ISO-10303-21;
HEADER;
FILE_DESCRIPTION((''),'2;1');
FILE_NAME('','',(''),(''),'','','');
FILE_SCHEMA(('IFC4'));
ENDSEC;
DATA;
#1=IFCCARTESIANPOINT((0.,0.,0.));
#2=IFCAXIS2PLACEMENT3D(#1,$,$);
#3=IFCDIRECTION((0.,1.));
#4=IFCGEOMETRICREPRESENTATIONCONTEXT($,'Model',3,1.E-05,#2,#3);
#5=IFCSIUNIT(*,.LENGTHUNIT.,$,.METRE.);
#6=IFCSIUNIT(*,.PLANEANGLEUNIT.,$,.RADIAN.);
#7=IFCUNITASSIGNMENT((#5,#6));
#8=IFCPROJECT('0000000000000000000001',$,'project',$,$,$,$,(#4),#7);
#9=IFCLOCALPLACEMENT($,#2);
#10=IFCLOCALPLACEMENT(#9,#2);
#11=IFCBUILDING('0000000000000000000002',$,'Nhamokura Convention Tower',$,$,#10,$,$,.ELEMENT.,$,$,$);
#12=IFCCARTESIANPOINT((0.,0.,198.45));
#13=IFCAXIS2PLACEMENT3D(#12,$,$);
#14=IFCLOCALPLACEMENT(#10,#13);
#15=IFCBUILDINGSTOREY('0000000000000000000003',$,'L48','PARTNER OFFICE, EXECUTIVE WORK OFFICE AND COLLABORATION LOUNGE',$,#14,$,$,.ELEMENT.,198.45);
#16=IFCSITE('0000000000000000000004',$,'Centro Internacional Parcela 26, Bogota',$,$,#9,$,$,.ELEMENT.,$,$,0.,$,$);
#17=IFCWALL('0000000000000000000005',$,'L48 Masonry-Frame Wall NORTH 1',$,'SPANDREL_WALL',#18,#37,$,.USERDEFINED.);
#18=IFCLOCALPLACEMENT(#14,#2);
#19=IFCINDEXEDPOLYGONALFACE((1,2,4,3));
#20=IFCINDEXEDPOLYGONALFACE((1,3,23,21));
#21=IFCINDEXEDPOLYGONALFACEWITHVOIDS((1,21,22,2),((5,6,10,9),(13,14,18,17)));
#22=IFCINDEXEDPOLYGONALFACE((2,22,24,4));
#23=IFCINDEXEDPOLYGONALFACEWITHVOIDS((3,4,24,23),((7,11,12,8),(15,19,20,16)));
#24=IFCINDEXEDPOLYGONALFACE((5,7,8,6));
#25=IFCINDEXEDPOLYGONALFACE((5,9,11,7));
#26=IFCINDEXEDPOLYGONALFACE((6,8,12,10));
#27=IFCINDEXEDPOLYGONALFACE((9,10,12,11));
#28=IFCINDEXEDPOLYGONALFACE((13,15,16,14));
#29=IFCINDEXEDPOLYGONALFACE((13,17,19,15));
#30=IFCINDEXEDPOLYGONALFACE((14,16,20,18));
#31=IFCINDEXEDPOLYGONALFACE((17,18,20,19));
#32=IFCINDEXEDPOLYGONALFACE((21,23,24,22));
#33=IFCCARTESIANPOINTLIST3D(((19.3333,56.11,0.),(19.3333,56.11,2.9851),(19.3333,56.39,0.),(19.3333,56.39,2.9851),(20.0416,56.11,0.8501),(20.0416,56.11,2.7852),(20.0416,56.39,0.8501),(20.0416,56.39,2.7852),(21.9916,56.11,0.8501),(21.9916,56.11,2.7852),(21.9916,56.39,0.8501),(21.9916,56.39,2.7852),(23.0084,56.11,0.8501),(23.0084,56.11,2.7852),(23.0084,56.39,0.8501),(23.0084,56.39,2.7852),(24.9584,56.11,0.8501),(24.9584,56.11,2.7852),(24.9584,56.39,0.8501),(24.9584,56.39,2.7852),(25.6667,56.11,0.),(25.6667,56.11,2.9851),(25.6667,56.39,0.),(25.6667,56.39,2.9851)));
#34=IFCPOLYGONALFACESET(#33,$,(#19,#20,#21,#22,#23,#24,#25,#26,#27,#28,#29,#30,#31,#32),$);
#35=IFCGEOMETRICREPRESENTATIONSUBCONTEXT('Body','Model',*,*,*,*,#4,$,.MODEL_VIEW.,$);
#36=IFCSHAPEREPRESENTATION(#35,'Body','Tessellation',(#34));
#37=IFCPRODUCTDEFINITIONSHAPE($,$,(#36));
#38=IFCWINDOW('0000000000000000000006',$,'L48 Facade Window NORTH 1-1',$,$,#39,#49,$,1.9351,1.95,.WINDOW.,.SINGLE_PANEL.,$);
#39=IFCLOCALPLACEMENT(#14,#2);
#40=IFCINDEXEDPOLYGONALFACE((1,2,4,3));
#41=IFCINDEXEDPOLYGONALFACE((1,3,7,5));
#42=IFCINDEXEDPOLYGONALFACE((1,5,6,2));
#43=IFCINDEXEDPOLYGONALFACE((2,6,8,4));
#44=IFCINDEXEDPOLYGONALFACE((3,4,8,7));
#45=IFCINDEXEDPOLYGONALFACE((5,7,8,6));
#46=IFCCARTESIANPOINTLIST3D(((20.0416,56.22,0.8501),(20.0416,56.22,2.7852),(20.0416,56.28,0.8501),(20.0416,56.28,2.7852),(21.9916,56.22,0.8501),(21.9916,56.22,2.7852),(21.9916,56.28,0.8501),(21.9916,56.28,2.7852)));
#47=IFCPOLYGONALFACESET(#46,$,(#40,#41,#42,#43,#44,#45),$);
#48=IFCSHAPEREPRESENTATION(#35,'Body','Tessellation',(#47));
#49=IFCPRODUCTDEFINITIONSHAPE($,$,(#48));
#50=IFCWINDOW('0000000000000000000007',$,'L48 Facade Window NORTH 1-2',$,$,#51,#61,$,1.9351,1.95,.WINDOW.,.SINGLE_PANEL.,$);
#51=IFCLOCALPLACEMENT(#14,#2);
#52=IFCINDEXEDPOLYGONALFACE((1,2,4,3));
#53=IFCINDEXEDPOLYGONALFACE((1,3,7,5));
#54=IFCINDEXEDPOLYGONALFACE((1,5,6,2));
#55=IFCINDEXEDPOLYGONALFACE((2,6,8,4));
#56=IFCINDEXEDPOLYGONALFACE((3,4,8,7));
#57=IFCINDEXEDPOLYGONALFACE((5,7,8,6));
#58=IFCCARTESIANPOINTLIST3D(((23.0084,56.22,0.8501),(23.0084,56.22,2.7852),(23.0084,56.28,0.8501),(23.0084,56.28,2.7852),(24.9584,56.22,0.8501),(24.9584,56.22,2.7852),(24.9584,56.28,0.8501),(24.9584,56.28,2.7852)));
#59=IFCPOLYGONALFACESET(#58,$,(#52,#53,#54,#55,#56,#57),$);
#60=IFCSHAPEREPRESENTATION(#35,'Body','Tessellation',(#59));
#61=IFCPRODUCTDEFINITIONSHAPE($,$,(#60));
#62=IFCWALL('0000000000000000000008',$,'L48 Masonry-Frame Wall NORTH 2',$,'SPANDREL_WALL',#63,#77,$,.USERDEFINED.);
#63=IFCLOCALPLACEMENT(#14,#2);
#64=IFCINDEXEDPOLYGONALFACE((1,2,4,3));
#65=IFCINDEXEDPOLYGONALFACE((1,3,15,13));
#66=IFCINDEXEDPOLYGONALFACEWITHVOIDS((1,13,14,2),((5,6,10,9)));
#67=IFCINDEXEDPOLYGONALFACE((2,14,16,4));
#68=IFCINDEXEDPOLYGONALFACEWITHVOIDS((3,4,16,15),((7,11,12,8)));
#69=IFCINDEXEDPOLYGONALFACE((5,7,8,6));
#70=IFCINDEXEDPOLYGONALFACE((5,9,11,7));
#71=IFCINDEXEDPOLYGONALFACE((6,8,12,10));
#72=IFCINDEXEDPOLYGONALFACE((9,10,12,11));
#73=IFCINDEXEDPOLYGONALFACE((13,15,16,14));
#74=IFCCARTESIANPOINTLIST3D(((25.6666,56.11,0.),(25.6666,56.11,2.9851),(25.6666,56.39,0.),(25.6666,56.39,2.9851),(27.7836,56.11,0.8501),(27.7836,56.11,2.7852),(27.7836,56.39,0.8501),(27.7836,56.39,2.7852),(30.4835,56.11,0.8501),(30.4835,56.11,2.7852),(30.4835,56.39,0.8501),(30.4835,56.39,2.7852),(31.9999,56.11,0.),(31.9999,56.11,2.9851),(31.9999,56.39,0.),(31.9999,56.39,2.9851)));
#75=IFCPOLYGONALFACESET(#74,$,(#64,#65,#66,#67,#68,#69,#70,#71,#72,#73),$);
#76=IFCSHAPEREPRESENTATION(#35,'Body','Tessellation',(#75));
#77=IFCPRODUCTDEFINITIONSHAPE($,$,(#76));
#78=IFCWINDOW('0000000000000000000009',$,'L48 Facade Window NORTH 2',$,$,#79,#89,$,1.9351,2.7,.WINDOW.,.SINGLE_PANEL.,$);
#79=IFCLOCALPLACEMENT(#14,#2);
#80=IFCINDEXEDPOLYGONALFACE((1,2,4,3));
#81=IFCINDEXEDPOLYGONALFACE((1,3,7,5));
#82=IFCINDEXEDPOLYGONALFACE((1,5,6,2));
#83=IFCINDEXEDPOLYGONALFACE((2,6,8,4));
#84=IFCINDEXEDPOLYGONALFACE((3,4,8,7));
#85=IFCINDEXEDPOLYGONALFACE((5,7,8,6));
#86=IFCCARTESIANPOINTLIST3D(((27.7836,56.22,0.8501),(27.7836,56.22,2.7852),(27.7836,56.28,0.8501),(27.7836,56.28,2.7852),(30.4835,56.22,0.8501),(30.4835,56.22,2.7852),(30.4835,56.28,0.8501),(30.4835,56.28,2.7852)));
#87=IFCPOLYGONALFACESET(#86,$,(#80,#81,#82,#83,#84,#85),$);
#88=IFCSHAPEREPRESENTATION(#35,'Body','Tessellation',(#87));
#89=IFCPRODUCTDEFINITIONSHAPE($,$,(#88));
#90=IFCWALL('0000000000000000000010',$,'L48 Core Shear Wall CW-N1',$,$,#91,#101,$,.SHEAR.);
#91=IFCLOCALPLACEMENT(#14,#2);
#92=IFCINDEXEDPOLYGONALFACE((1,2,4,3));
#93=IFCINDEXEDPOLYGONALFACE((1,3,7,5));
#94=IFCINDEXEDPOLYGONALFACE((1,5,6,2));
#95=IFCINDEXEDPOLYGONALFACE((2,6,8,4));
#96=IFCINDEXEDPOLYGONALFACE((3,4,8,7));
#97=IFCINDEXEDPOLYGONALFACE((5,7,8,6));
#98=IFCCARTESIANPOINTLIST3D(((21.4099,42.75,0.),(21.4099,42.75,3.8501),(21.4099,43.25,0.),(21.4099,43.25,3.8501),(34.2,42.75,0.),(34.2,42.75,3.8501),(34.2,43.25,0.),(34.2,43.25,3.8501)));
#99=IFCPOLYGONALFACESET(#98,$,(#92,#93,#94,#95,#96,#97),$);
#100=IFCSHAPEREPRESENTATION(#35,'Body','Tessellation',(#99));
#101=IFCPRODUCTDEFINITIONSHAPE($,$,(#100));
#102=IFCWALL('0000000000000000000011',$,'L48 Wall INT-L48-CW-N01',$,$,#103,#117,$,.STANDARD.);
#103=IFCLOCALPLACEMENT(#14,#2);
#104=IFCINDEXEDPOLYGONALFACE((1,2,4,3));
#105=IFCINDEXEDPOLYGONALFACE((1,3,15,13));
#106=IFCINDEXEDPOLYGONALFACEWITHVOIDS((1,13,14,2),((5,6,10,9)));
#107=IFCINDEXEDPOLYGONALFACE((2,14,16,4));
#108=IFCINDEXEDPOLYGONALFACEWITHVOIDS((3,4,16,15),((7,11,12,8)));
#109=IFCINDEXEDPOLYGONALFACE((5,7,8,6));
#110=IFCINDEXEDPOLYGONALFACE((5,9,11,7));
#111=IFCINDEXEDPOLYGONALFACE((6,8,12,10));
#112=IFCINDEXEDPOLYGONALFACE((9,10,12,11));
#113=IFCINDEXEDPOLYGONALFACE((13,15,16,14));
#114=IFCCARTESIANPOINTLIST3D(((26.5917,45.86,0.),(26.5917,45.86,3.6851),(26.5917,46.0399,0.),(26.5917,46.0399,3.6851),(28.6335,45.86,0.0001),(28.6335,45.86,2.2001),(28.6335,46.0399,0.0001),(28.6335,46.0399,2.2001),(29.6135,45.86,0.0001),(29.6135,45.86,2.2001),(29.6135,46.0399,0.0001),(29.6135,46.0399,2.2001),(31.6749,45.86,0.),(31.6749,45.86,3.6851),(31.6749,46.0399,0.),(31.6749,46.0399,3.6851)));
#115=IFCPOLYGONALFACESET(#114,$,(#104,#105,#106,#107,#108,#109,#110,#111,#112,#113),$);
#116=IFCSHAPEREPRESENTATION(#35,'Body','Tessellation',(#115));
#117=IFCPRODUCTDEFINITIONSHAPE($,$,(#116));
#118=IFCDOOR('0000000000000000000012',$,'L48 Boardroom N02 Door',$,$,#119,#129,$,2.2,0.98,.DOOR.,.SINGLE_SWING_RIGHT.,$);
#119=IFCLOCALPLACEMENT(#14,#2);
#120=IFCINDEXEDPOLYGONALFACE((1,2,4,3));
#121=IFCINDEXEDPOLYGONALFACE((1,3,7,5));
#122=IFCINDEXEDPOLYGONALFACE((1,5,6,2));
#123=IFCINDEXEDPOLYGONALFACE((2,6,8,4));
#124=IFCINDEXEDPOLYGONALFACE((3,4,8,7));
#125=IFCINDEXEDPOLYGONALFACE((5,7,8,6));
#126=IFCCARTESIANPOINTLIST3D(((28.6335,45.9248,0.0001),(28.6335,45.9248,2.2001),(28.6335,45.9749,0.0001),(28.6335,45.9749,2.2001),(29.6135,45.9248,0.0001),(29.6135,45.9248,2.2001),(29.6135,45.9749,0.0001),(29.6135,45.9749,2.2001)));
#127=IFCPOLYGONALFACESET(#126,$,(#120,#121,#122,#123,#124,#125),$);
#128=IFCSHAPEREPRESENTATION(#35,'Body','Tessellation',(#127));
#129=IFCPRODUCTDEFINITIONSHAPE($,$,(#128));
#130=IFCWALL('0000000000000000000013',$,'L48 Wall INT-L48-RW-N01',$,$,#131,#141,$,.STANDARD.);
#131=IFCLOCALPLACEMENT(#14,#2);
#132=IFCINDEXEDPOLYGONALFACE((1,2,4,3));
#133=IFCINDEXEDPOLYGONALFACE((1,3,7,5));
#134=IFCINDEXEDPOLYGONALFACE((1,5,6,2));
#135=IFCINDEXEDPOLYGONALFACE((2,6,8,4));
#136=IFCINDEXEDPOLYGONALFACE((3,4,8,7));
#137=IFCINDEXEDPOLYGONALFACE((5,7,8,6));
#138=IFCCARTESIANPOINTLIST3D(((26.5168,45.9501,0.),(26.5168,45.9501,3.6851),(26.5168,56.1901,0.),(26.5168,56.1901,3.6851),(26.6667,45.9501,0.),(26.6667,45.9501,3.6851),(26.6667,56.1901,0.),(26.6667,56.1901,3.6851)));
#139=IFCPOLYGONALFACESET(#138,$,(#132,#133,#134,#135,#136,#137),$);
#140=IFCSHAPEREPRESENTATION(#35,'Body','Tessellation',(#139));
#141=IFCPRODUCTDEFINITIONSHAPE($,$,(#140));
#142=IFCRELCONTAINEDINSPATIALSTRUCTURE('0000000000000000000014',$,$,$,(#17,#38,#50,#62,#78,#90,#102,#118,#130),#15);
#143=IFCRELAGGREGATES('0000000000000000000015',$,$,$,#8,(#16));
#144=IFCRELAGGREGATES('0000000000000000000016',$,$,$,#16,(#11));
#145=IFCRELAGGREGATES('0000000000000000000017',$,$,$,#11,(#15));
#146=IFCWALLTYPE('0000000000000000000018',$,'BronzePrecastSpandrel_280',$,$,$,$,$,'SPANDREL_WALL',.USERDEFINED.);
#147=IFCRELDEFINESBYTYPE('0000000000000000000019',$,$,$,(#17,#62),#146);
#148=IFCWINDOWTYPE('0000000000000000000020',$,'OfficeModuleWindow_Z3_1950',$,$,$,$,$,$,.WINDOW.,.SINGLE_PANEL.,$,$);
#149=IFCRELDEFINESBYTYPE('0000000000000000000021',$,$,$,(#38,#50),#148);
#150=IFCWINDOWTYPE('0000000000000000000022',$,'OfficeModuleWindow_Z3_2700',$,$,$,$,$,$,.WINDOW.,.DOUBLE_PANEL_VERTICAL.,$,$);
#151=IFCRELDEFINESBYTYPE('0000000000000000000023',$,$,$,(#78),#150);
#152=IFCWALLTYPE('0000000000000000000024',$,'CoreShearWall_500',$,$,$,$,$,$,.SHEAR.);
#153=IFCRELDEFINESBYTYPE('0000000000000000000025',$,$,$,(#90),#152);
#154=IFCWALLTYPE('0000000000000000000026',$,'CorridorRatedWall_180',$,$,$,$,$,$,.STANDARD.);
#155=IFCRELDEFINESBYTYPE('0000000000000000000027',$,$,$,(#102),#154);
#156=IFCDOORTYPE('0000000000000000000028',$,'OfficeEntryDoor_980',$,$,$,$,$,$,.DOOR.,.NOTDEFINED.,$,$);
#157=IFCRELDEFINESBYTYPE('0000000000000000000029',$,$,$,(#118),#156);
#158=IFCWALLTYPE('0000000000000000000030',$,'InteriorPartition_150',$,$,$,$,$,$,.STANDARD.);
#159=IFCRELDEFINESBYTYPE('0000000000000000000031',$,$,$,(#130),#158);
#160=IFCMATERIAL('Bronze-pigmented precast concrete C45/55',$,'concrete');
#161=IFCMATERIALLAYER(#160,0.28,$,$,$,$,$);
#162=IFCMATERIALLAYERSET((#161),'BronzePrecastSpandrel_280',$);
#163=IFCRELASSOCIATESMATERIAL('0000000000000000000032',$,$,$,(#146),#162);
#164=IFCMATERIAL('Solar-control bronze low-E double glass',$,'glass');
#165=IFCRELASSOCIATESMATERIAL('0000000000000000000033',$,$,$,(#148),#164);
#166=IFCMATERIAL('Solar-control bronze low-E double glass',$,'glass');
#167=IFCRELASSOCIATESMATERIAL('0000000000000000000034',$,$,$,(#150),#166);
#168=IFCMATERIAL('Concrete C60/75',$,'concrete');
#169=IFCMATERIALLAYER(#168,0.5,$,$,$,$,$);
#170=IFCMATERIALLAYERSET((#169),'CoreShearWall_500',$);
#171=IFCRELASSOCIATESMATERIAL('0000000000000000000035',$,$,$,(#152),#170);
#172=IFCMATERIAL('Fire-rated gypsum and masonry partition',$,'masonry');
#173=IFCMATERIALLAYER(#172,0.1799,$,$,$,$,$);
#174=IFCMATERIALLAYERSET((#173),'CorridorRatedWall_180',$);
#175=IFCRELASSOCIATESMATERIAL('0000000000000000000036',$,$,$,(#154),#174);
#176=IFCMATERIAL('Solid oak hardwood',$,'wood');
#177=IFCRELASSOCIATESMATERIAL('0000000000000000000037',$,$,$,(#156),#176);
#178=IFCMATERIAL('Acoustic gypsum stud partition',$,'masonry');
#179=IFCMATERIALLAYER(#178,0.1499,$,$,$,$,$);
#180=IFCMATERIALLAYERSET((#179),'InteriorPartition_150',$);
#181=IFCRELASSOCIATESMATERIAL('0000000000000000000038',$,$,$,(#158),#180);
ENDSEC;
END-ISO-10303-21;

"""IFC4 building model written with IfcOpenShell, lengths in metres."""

from ifc_helpers import new_model, si_unit, direction, frame, frame_2d, origin, place, context, subcontext, project, spatial, rectangle, extrude, material, layer, layer_set, type_object, element, fill, save


model = new_model("IFC4")

# Units and contexts
model_context = context("Model", 3, precision=1e-05, world=origin(), true_north=direction((0.0, 1.0)))
body_context = subcontext(model_context, "Body", "Model", "MODEL_VIEW")
ifc_project = project(units=[si_unit("LENGTHUNIT", "METRE"), si_unit("PLANEANGLEUNIT", "RADIAN")], contexts=[model_context])

# Site, building, storey
site_placement = place(None, origin())
site = spatial("IfcSite", under=ifc_project, at=site_placement, Name="Centro Internacional Parcela 26, Bogota", CompositionType="ELEMENT", RefElevation=0.0)
building_placement = place(site_placement, origin())
building = spatial("IfcBuilding", under=site, at=building_placement, Name="Nhamokura Convention Tower", CompositionType="ELEMENT")
storey_placement = place(building_placement, frame((0.0, 0.0, 198.45)))
storey = spatial("IfcBuildingStorey", under=building, at=storey_placement, Name="L48", Description="PARTNER OFFICE, EXECUTIVE WORK OFFICE AND COLLABORATION LOUNGE", CompositionType="ELEMENT", Elevation=198.45)

# Shared definitions
ifc_material_1 = material(Name="Bronze-pigmented precast concrete C45/55", Category="concrete")
ifc_layer_1 = layer(ifc_material_1, 0.28)
ifc_layer_set_1 = layer_set([ifc_layer_1], Name="BronzePrecastSpandrel_280")
wall_type_1 = type_object("IfcWallType", Name="BronzePrecastSpandrel_280", ElementType="SPANDREL_WALL", PredefinedType="USERDEFINED", material=ifc_layer_set_1)

# Wall, openings, windows
wall_1_placement = place(storey_placement, frame((19.3333, 56.25, 0.0), z_axis=(0.0, 0.0, 1.0), x_axis=(1.0, 0.0, 0.0)))
wall_1 = element("IfcWall", 1, at=wall_1_placement, inside=storey, type_object=wall_type_1, Name="L48 Masonry-Frame Wall NORTH 1", ObjectType="SPANDREL_WALL", PredefinedType="USERDEFINED", context=body_context, shape_type="SweptSolid", body=[
    extrude(rectangle(XDim=6.3335, YDim=0.28, at=frame_2d((3.1667, 0.0))), origin(), (0.0, 0.0, 1.0), 2.9851),
])
opening_1_placement = place(wall_1_placement, frame((0.7083, 0.0, 0.8501)))
opening_1 = element("IfcOpeningElement", 2, at=opening_1_placement, cuts=wall_1, PredefinedType="OPENING", context=body_context, shape_type="SweptSolid", body=[
    extrude(rectangle(XDim=1.95, YDim=1.9351, at=frame_2d((0.9751, 0.9675))), frame((0.0, 0.1499, 0.0), z_axis=(0.0, -1.0, 0.0), x_axis=(1.0, 0.0, 0.0)), (0.0, 0.0, 1.0), 0.3),
])
opening_2_placement = place(wall_1_placement, frame((3.675, 0.0, 0.8501)))
opening_2 = element("IfcOpeningElement", 3, at=opening_2_placement, cuts=wall_1, PredefinedType="OPENING", context=body_context, shape_type="SweptSolid", body=[
    extrude(rectangle(XDim=1.95, YDim=1.9351, at=frame_2d((0.9751, 0.9675))), frame((0.0, 0.1499, 0.0), z_axis=(0.0, -1.0, 0.0), x_axis=(1.0, 0.0, 0.0)), (0.0, 0.0, 1.0), 0.3),
])
ifc_material_2 = material(Name="Solar-control bronze low-E double glass", Category="glass")
window_type_1 = type_object("IfcWindowType", Name="OfficeModuleWindow_Z3_1950", PartitioningType="SINGLE_PANEL", PredefinedType="WINDOW", material=ifc_material_2)
window_1_placement = place(opening_1_placement, origin())
window_1 = element("IfcWindow", 4, at=window_1_placement, inside=storey, type_object=window_type_1, Name="L48 Facade Window NORTH 1-1", OverallHeight=1.9351, OverallWidth=1.95, PartitioningType="SINGLE_PANEL", PredefinedType="WINDOW", context=body_context, shape_type="SweptSolid", body=[
    extrude(rectangle(XDim=1.95, YDim=1.9351, at=frame_2d((0.9751, 0.9675))), frame((0.0, 0.03, 0.0), z_axis=(0.0, -1.0, 0.0), x_axis=(1.0, 0.0, 0.0)), (0.0, 0.0, 1.0), 0.0601),
])
fill(opening_1, window_1)
window_2_placement = place(opening_2_placement, origin())
window_2 = element("IfcWindow", 5, at=window_2_placement, inside=storey, type_object=window_type_1, Name="L48 Facade Window NORTH 1-2", OverallHeight=1.9351, OverallWidth=1.95, PartitioningType="SINGLE_PANEL", PredefinedType="WINDOW", context=body_context, shape_type="SweptSolid", body=[
    extrude(rectangle(XDim=1.95, YDim=1.9351, at=frame_2d((0.9751, 0.9675))), frame((0.0, 0.03, 0.0), z_axis=(0.0, -1.0, 0.0), x_axis=(1.0, 0.0, 0.0)), (0.0, 0.0, 1.0), 0.0601),
])
fill(opening_2, window_2)

# Wall, opening, window
wall_2_placement = place(storey_placement, frame((25.6667, 56.25, 0.0), z_axis=(0.0, 0.0, 1.0), x_axis=(1.0, 0.0, 0.0)))
wall_2 = element("IfcWall", 6, at=wall_2_placement, inside=storey, type_object=wall_type_1, Name="L48 Masonry-Frame Wall NORTH 2", ObjectType="SPANDREL_WALL", PredefinedType="USERDEFINED", context=body_context, shape_type="SweptSolid", body=[
    extrude(rectangle(XDim=6.3333, YDim=0.28, at=frame_2d((3.1665, 0.0))), origin(), (0.0, 0.0, 1.0), 2.9851),
])
opening_3_placement = place(wall_2_placement, frame((2.1167, 0.0, 0.8501)))
opening_3 = element("IfcOpeningElement", 7, at=opening_3_placement, cuts=wall_2, PredefinedType="OPENING", context=body_context, shape_type="SweptSolid", body=[
    extrude(rectangle(XDim=2.7, YDim=1.9351, at=frame_2d((1.3501, 0.9675))), frame((0.0, 0.1499, 0.0), z_axis=(0.0, -1.0, 0.0), x_axis=(1.0, 0.0, 0.0)), (0.0, 0.0, 1.0), 0.3),
])
ifc_material_3 = material(Name="Solar-control bronze low-E double glass", Category="glass")
window_type_2 = type_object("IfcWindowType", Name="OfficeModuleWindow_Z3_2700", PartitioningType="DOUBLE_PANEL_VERTICAL", PredefinedType="WINDOW", material=ifc_material_3)
window_3_placement = place(opening_3_placement, origin())
window_3 = element("IfcWindow", 8, at=window_3_placement, inside=storey, type_object=window_type_2, Name="L48 Facade Window NORTH 2", OverallHeight=1.9351, OverallWidth=2.7, PartitioningType="SINGLE_PANEL", PredefinedType="WINDOW", context=body_context, shape_type="SweptSolid", body=[
    extrude(rectangle(XDim=2.7, YDim=1.9351, at=frame_2d((1.3501, 0.9675))), frame((0.0, 0.03, 0.0), z_axis=(0.0, -1.0, 0.0), x_axis=(1.0, 0.0, 0.0)), (0.0, 0.0, 1.0), 0.0601),
])
fill(opening_3, window_3)

# Wall
ifc_material_4 = material(Name="Concrete C60/75", Category="concrete")
ifc_layer_2 = layer(ifc_material_4, 0.5)
ifc_layer_set_2 = layer_set([ifc_layer_2], Name="CoreShearWall_500")
wall_type_2 = type_object("IfcWallType", Name="CoreShearWall_500", PredefinedType="SHEAR", material=ifc_layer_set_2)
wall_3_placement = place(storey_placement, frame((21.4099, 43.0, 0.0), z_axis=(0.0, 0.0, 1.0), x_axis=(1.0, 0.0, 0.0)))
element("IfcWall", 9, at=wall_3_placement, inside=storey, type_object=wall_type_2, Name="L48 Core Shear Wall CW-N1", PredefinedType="SHEAR", context=body_context, shape_type="SweptSolid", body=[
    extrude(rectangle(XDim=12.79, YDim=0.5, at=frame_2d((6.395, 0.0))), origin(), (0.0, 0.0, 1.0), 3.8501),
])

# Wall, opening, door
ifc_material_5 = material(Name="Fire-rated gypsum and masonry partition", Category="masonry")
ifc_layer_3 = layer(ifc_material_5, 0.1799)
ifc_layer_set_3 = layer_set([ifc_layer_3], Name="CorridorRatedWall_180")
wall_type_3 = type_object("IfcWallType", Name="CorridorRatedWall_180", PredefinedType="STANDARD", material=ifc_layer_set_3)
wall_4_placement = place(storey_placement, frame((26.5918, 45.95, 0.0), z_axis=(0.0, 0.0, 1.0), x_axis=(1.0, 0.0, 0.0)))
wall_4 = element("IfcWall", 10, at=wall_4_placement, inside=storey, type_object=wall_type_3, Name="L48 Wall INT-L48-CW-N01", PredefinedType="STANDARD", context=body_context, shape_type="SweptSolid", body=[
    extrude(rectangle(XDim=5.0833, YDim=0.1799, at=frame_2d((2.5415, 0.0))), origin(), (0.0, 0.0, 1.0), 3.6851),
])
opening_4_placement = place(wall_4_placement, frame((2.0417, 0.0, 0.0)))
opening_4 = element("IfcOpeningElement", 11, at=opening_4_placement, cuts=wall_4, PredefinedType="OPENING", context=body_context, shape_type="SweptSolid", body=[
    extrude(rectangle(XDim=0.98, YDim=2.2, at=frame_2d((0.49, 1.1001))), frame((0.0, 0.0999, 0.0), z_axis=(0.0, -1.0, 0.0), x_axis=(1.0, 0.0, 0.0)), (0.0, 0.0, 1.0), 0.2),
])
ifc_material_6 = material(Name="Solid oak hardwood", Category="wood")
door_type = type_object("IfcDoorType", Name="OfficeEntryDoor_980", OperationType="NOTDEFINED", PredefinedType="DOOR", material=ifc_material_6)
door_placement = place(opening_4_placement, origin())
door = element("IfcDoor", 12, at=door_placement, inside=storey, type_object=door_type, Name="L48 Boardroom N02 Door", OperationType="SINGLE_SWING_RIGHT", OverallHeight=2.2, OverallWidth=0.98, PredefinedType="DOOR", context=body_context, shape_type="SweptSolid", body=[
    extrude(rectangle(XDim=0.98, YDim=2.2, at=frame_2d((0.49, 1.1001))), frame((0.0, 0.0249, 0.0), z_axis=(0.0, -1.0, 0.0), x_axis=(1.0, 0.0, 0.0)), (0.0, 0.0, 1.0), 0.05),
])
fill(opening_4, door)

# Wall
ifc_material_7 = material(Name="Acoustic gypsum stud partition", Category="masonry")
ifc_layer_4 = layer(ifc_material_7, 0.1499)
ifc_layer_set_4 = layer_set([ifc_layer_4], Name="InteriorPartition_150")
wall_type_4 = type_object("IfcWallType", Name="InteriorPartition_150", PredefinedType="STANDARD", material=ifc_layer_set_4)
wall_5_placement = place(storey_placement, frame((26.5918, 45.95, 0.0), z_axis=(0.0, 0.0, 1.0), x_axis=(0.0, 1.0, 0.0)))
element("IfcWall", 13, at=wall_5_placement, inside=storey, type_object=wall_type_4, Name="L48 Wall INT-L48-RW-N01", PredefinedType="STANDARD", context=body_context, shape_type="SweptSolid", body=[
    extrude(rectangle(XDim=10.24, YDim=0.1499, at=frame_2d((5.1201, 0.0))), origin(), (0.0, 0.0, 1.0), 3.6851),
])

save(model, "model.ifc")
